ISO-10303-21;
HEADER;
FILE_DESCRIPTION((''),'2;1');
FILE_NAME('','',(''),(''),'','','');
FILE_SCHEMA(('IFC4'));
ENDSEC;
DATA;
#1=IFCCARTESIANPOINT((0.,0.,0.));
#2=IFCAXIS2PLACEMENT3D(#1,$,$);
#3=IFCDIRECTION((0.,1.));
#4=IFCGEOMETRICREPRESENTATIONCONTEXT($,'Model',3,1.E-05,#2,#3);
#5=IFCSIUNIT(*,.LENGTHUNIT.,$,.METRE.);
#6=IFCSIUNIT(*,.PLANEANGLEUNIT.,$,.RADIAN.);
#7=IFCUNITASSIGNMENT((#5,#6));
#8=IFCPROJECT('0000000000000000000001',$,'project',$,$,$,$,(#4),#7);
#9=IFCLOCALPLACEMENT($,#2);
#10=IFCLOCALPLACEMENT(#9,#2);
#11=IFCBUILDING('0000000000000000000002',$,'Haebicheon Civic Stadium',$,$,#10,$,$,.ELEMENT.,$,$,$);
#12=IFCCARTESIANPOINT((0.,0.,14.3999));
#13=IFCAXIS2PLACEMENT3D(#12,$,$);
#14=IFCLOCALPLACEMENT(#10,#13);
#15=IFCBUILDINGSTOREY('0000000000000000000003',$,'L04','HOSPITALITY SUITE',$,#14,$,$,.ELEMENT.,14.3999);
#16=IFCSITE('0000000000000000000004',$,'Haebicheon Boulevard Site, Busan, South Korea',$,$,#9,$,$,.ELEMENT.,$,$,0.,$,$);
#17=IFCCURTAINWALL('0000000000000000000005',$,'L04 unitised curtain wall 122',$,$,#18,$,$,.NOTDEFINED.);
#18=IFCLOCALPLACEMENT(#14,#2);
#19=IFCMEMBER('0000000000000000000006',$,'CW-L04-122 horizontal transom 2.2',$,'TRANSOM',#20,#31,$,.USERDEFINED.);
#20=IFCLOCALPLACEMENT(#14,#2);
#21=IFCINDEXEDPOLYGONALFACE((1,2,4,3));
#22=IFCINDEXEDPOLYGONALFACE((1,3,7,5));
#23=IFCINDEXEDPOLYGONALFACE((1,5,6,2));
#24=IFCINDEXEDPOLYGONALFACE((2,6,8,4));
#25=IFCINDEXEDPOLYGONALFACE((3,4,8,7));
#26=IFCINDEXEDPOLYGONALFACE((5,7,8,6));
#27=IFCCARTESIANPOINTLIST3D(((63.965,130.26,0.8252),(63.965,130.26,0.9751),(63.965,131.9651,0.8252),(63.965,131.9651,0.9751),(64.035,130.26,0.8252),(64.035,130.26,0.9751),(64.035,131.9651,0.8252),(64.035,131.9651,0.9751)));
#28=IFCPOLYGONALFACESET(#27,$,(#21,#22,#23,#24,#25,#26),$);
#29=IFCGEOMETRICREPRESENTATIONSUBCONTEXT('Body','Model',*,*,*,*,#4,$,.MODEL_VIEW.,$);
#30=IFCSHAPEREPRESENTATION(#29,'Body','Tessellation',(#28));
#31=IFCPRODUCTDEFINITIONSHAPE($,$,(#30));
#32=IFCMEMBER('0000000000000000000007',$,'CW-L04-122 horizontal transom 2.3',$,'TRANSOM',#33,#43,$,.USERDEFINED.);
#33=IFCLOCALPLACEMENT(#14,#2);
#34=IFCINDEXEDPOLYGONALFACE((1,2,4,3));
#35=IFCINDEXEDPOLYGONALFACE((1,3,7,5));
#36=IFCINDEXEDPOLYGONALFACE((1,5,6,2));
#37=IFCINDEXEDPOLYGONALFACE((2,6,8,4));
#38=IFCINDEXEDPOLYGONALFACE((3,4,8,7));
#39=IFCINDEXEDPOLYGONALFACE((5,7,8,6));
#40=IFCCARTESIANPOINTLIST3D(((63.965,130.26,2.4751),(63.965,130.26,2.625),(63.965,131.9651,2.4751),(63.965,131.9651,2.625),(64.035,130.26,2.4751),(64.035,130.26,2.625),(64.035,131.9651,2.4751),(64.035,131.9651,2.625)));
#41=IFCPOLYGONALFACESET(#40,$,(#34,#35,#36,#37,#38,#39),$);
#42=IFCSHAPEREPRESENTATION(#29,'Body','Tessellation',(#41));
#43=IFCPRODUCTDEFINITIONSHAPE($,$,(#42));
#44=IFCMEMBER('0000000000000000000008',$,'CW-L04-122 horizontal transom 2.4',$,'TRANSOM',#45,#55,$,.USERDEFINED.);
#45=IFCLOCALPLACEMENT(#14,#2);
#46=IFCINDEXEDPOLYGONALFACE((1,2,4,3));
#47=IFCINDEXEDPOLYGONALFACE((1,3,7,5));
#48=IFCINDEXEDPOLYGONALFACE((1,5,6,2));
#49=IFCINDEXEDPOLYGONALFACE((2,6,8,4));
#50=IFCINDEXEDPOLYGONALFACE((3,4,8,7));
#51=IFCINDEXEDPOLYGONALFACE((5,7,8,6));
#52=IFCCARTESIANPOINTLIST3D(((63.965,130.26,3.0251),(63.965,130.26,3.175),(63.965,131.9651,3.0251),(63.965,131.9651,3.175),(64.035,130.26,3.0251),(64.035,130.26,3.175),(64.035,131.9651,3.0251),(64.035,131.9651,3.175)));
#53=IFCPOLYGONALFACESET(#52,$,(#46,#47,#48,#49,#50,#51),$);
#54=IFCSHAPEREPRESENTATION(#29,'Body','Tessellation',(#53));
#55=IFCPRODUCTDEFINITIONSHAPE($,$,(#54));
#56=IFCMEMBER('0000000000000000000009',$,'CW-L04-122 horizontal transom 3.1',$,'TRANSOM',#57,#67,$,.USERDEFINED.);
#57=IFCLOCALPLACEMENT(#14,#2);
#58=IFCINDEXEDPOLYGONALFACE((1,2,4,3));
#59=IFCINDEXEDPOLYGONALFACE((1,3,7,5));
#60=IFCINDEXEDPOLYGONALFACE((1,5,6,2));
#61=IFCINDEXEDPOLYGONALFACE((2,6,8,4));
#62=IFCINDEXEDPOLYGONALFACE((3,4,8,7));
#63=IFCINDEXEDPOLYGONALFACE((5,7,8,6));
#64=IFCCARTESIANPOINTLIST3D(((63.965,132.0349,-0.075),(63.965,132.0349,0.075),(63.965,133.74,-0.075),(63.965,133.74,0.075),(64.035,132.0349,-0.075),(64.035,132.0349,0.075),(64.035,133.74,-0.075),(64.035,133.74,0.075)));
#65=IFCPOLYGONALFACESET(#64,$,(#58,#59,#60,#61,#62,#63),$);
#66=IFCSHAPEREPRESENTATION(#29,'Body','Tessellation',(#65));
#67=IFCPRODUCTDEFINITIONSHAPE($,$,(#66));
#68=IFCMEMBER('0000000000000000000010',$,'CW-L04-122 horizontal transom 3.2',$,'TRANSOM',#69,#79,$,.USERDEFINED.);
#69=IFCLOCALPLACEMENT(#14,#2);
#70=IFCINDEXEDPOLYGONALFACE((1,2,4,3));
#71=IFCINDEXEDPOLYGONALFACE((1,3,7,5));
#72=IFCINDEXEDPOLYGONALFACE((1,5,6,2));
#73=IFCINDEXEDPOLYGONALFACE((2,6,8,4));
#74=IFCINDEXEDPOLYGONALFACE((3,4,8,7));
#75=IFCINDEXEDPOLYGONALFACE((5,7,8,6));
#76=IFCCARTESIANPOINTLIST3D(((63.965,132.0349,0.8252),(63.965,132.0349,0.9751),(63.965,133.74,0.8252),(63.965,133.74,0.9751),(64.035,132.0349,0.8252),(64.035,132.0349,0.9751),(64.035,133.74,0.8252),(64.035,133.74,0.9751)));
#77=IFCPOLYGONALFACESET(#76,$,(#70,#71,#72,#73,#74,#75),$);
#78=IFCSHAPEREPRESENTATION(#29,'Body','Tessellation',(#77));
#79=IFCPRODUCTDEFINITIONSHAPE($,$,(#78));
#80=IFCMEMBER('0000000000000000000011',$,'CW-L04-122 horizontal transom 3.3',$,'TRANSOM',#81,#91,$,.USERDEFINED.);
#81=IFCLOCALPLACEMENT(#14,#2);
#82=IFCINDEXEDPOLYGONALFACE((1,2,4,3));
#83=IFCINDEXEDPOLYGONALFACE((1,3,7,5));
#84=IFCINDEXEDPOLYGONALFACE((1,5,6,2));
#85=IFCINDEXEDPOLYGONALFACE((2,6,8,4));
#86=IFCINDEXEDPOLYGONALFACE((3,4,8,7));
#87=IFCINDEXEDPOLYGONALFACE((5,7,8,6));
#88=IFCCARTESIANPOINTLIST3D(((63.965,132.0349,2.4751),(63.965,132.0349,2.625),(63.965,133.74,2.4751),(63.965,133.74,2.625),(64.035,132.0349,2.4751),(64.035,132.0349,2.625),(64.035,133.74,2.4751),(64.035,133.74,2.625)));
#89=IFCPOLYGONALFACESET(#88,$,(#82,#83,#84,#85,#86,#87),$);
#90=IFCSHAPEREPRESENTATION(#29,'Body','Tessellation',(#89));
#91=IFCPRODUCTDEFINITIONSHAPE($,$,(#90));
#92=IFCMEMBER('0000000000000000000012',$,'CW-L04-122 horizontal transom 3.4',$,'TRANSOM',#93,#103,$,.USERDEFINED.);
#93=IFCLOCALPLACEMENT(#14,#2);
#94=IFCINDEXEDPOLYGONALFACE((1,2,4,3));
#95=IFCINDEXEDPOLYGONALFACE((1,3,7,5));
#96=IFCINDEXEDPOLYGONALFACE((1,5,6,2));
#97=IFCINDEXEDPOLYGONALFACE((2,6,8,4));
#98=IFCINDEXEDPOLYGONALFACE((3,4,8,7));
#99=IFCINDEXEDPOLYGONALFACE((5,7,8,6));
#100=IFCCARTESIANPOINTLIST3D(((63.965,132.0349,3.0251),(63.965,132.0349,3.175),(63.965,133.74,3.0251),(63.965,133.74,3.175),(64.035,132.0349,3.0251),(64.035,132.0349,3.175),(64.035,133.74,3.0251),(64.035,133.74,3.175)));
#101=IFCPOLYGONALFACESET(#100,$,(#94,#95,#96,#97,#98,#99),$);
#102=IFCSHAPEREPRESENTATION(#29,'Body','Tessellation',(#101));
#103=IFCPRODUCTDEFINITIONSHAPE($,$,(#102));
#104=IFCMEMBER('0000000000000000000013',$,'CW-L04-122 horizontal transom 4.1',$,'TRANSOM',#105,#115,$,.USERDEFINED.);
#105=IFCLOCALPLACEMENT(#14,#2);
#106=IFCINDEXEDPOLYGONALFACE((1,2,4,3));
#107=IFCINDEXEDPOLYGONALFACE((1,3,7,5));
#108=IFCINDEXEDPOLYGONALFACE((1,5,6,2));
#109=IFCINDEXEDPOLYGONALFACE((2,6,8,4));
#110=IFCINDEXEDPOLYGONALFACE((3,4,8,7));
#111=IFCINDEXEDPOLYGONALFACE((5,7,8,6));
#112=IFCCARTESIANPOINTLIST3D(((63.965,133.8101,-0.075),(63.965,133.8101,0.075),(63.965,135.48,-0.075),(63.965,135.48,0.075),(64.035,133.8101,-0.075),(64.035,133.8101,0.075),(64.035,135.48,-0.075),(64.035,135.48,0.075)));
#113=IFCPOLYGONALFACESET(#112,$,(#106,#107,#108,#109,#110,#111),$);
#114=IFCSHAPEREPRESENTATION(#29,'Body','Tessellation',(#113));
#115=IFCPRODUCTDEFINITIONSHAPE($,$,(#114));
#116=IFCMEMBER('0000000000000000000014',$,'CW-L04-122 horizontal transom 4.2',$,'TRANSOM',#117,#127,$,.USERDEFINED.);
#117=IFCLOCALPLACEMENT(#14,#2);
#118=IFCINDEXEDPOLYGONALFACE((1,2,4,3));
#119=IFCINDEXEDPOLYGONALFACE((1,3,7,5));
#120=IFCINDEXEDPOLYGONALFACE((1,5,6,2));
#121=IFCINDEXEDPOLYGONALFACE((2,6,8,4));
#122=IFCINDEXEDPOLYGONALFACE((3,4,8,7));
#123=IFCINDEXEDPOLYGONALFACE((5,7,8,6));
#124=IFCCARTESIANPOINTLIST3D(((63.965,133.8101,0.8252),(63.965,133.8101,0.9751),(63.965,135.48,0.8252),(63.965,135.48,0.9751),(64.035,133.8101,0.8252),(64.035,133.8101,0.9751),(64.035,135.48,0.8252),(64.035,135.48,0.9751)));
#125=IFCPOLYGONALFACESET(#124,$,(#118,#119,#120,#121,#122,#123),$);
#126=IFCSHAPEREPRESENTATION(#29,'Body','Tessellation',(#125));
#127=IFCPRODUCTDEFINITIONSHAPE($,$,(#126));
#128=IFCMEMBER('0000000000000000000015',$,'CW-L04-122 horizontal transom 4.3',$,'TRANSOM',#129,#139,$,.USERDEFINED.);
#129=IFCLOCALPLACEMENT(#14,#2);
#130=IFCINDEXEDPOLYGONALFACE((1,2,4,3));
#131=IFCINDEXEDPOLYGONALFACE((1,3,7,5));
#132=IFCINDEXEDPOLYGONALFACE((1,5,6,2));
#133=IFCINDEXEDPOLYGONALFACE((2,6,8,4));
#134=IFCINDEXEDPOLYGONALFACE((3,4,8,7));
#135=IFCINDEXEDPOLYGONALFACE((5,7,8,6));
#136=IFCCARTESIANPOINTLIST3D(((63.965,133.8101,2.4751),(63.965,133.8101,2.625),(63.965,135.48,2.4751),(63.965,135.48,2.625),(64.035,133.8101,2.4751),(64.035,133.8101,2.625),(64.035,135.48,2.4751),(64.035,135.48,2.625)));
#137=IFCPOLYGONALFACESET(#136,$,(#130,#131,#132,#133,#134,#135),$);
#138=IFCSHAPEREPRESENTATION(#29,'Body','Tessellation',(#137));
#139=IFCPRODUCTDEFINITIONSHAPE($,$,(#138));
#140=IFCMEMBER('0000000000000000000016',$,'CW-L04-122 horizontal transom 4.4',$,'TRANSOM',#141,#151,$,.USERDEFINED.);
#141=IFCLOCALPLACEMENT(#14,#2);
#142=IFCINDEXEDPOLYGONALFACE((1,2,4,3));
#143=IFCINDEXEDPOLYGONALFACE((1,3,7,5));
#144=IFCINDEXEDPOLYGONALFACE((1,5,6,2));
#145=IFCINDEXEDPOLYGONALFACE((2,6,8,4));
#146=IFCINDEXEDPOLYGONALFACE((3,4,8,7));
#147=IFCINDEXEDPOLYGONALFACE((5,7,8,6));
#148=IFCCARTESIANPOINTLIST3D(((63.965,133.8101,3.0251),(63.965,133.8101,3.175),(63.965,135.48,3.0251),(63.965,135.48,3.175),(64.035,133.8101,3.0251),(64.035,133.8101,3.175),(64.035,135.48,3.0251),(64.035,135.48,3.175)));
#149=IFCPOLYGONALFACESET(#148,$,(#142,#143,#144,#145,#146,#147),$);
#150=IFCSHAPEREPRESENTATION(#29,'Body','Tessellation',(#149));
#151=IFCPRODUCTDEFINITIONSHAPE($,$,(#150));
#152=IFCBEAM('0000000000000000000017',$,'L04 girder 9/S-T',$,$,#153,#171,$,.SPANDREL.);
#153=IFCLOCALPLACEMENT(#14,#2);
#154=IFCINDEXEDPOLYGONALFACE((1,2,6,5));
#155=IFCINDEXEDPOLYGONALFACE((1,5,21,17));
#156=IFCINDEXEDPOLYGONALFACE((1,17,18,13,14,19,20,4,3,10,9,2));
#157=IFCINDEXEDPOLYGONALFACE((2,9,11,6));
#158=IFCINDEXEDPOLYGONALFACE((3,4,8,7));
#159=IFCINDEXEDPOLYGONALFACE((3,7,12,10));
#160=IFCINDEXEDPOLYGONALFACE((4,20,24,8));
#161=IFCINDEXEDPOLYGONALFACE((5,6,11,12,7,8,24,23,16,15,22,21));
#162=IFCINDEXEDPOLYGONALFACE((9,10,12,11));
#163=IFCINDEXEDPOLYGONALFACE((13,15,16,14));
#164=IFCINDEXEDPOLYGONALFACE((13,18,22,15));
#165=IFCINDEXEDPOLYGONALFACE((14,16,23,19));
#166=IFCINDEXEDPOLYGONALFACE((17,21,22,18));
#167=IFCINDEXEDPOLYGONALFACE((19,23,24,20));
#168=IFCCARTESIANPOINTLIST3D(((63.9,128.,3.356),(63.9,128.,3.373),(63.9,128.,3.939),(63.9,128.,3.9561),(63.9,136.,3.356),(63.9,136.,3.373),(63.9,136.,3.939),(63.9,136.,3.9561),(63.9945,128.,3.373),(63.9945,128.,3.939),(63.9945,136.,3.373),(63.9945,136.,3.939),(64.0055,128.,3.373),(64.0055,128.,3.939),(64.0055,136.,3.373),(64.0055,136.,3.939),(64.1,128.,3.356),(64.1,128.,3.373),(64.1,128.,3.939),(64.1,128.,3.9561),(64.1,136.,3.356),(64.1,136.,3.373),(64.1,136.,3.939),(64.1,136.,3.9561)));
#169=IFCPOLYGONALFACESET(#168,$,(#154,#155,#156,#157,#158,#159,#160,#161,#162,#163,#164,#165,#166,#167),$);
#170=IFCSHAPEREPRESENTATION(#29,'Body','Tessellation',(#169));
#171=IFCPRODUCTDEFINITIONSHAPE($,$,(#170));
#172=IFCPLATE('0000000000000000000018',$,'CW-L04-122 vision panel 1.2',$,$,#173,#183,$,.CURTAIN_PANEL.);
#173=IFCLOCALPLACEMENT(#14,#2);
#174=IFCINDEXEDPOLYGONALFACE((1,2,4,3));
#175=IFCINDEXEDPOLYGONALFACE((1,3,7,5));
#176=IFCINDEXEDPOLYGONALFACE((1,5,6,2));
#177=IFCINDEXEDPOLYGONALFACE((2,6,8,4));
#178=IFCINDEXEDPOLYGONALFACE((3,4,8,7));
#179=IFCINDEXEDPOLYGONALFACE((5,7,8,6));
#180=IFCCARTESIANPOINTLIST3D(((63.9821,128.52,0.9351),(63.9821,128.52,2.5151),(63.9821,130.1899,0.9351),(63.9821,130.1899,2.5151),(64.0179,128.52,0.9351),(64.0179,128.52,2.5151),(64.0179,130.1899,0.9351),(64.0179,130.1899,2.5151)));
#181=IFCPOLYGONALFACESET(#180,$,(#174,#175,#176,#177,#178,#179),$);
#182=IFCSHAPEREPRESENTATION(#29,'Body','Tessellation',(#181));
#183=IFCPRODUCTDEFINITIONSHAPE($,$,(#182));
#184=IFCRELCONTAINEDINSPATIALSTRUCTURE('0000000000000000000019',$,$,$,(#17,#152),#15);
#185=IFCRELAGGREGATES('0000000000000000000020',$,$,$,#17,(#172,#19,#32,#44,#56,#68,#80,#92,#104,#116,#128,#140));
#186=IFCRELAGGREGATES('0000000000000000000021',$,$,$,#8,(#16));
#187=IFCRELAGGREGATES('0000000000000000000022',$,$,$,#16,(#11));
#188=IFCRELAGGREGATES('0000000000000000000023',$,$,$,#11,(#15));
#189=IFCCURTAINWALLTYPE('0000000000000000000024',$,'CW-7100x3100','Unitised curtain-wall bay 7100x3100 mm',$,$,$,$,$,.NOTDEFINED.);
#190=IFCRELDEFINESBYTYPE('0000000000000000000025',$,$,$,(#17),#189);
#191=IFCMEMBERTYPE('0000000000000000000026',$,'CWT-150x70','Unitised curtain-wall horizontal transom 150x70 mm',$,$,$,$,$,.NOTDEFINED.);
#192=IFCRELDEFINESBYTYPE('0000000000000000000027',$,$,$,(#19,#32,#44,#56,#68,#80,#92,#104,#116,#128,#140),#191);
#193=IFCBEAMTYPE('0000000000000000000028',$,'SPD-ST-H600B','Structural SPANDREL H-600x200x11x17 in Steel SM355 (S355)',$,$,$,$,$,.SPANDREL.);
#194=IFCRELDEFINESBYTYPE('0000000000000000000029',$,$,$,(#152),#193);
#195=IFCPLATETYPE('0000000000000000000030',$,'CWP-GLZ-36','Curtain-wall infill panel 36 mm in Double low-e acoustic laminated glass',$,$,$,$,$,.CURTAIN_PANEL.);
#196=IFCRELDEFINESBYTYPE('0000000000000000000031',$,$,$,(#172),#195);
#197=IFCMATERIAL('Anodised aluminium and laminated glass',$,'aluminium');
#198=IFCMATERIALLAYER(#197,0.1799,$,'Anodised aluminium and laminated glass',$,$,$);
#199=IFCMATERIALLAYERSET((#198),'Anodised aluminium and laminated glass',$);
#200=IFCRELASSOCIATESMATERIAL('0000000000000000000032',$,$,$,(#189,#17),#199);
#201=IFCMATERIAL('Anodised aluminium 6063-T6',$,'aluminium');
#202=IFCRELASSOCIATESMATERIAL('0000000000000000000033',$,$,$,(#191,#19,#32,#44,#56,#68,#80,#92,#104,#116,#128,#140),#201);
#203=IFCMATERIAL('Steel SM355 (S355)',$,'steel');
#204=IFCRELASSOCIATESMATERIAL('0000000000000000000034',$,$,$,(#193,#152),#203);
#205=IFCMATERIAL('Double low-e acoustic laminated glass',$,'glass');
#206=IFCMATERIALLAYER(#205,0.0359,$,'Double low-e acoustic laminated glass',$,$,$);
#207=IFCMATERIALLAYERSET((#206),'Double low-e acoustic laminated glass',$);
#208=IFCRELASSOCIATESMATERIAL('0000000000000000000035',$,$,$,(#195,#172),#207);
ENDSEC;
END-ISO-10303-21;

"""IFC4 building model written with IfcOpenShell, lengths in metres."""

from ifc_helpers import new_model, si_unit, direction, frame, origin, origin_2d, place, context, subcontext, project, spatial, rectangle, i_section, extrude, material, layer, layer_set, material_profile, profile_set, type_object, element, aggregate, save


model = new_model("IFC4")

# Units and contexts
model_context = context("Model", 3, precision=1e-05, world=origin(), true_north=direction((0.0, 1.0)))
body_context = subcontext(model_context, "Body", "Model", "MODEL_VIEW")
ifc_project = project(units=[si_unit("LENGTHUNIT", "METRE"), si_unit("PLANEANGLEUNIT", "RADIAN")], contexts=[model_context])

# Site, building, storey
site_placement = place(None, origin())
site = spatial("IfcSite", under=ifc_project, at=site_placement, Name="Haebicheon Boulevard Site, Busan, South Korea", CompositionType="ELEMENT", RefElevation=0.0)
building_placement = place(site_placement, origin())
building = spatial("IfcBuilding", under=site, at=building_placement, Name="Haebicheon Civic Stadium", CompositionType="ELEMENT")
storey_placement = place(building_placement, frame((0.0, 0.0, 14.3999)))
storey = spatial("IfcBuildingStorey", under=building, at=storey_placement, Name="L04", Description="HOSPITALITY SUITE", CompositionType="ELEMENT", Elevation=14.3999)

# Curtain wall, members
ifc_material_1 = material(Name="Anodised aluminium and laminated glass", Category="aluminium")
ifc_layer_1 = layer(ifc_material_1, 0.1799, Name="Anodised aluminium and laminated glass")
ifc_layer_set_1 = layer_set([ifc_layer_1], Name="Anodised aluminium and laminated glass")
curtain_wall_type = type_object("IfcCurtainWallType", Name="CW-7100x3100", Description="Unitised curtain-wall bay 7100x3100 mm", PredefinedType="NOTDEFINED", material=ifc_layer_set_1)
curtain_wall_placement = place(storey_placement, origin())
curtain_wall = element("IfcCurtainWall", 1, at=curtain_wall_placement, inside=storey, type_object=curtain_wall_type, material=ifc_layer_set_1, Name="L04 unitised curtain wall 122", PredefinedType="NOTDEFINED")
ifc_material_2 = material(Name="Anodised aluminium 6063-T6", Category="aluminium")
ifc_material_profile_1 = material_profile(ifc_material_2, rectangle(XDim=0.0701, YDim=0.1499, at=origin_2d()), Name="ALU-TRAN-70x150")
ifc_profile_set_1 = profile_set([ifc_material_profile_1], Name="Anodised aluminium 6063-T6")
member_type_1 = type_object("IfcMemberType", Name="CWT-150x70", Description="Unitised curtain-wall horizontal transom 150x70 mm", PredefinedType="NOTDEFINED", material=ifc_profile_set_1)
member_1_placement = place(storey_placement, frame((64.0, 130.26, 0.9001), z_axis=(0.0, 1.0, 0.0), x_axis=(-1.0, 0.0, 0.0)))
member_1 = element("IfcMember", 2, at=member_1_placement, type_object=member_type_1, material=ifc_profile_set_1, Name="CW-L04-122 horizontal transom 2.2", ObjectType="TRANSOM", PredefinedType="USERDEFINED", context=body_context, shape_type="SweptSolid", body=[
    extrude(rectangle(XDim=0.0701, YDim=0.1499, at=origin_2d()), origin(), (0.0, 0.0, 1.0), 1.7051),
])
member_2_placement = place(storey_placement, frame((64.0, 130.26, 2.55), z_axis=(0.0, 1.0, 0.0), x_axis=(-1.0, 0.0, 0.0)))
member_2 = element("IfcMember", 3, at=member_2_placement, type_object=member_type_1, material=ifc_profile_set_1, Name="CW-L04-122 horizontal transom 2.3", ObjectType="TRANSOM", PredefinedType="USERDEFINED", context=body_context, shape_type="SweptSolid", body=[
    extrude(rectangle(XDim=0.0701, YDim=0.1499, at=origin_2d()), origin(), (0.0, 0.0, 1.0), 1.7051),
])
member_3_placement = place(storey_placement, frame((64.0, 130.26, 3.1001), z_axis=(0.0, 1.0, 0.0), x_axis=(-1.0, 0.0, 0.0)))
member_3 = element("IfcMember", 4, at=member_3_placement, type_object=member_type_1, material=ifc_profile_set_1, Name="CW-L04-122 horizontal transom 2.4", ObjectType="TRANSOM", PredefinedType="USERDEFINED", context=body_context, shape_type="SweptSolid", body=[
    extrude(rectangle(XDim=0.0701, YDim=0.1499, at=origin_2d()), origin(), (0.0, 0.0, 1.0), 1.7051),
])
member_4_placement = place(storey_placement, frame((64.0, 132.0349, 0.0), z_axis=(0.0, 1.0, 0.0), x_axis=(-1.0, 0.0, 0.0)))
member_4 = element("IfcMember", 5, at=member_4_placement, type_object=member_type_1, material=ifc_profile_set_1, Name="CW-L04-122 horizontal transom 3.1", ObjectType="TRANSOM", PredefinedType="USERDEFINED", context=body_context, shape_type="SweptSolid", body=[
    extrude(rectangle(XDim=0.0701, YDim=0.1499, at=origin_2d()), origin(), (0.0, 0.0, 1.0), 1.7051),
])
member_5_placement = place(storey_placement, frame((64.0, 132.0349, 0.9001), z_axis=(0.0, 1.0, 0.0), x_axis=(-1.0, 0.0, 0.0)))
member_5 = element("IfcMember", 6, at=member_5_placement, type_object=member_type_1, material=ifc_profile_set_1, Name="CW-L04-122 horizontal transom 3.2", ObjectType="TRANSOM", PredefinedType="USERDEFINED", context=body_context, shape_type="SweptSolid", body=[
    extrude(rectangle(XDim=0.0701, YDim=0.1499, at=origin_2d()), origin(), (0.0, 0.0, 1.0), 1.7051),
])
member_6_placement = place(storey_placement, frame((64.0, 132.0349, 2.55), z_axis=(0.0, 1.0, 0.0), x_axis=(-1.0, 0.0, 0.0)))
member_6 = element("IfcMember", 7, at=member_6_placement, type_object=member_type_1, material=ifc_profile_set_1, Name="CW-L04-122 horizontal transom 3.3", ObjectType="TRANSOM", PredefinedType="USERDEFINED", context=body_context, shape_type="SweptSolid", body=[
    extrude(rectangle(XDim=0.0701, YDim=0.1499, at=origin_2d()), origin(), (0.0, 0.0, 1.0), 1.7051),
])
member_7_placement = place(storey_placement, frame((64.0, 132.0349, 3.1001), z_axis=(0.0, 1.0, 0.0), x_axis=(-1.0, 0.0, 0.0)))
member_7 = element("IfcMember", 8, at=member_7_placement, type_object=member_type_1, material=ifc_profile_set_1, Name="CW-L04-122 horizontal transom 3.4", ObjectType="TRANSOM", PredefinedType="USERDEFINED", context=body_context, shape_type="SweptSolid", body=[
    extrude(rectangle(XDim=0.0701, YDim=0.1499, at=origin_2d()), origin(), (0.0, 0.0, 1.0), 1.7051),
])
member_8_placement = place(storey_placement, frame((64.0, 133.8101, 0.0), z_axis=(0.0, 1.0, 0.0), x_axis=(-1.0, 0.0, 0.0)))
member_8 = element("IfcMember", 9, at=member_8_placement, type_object=member_type_1, material=ifc_profile_set_1, Name="CW-L04-122 horizontal transom 4.1", ObjectType="TRANSOM", PredefinedType="USERDEFINED", context=body_context, shape_type="SweptSolid", body=[
    extrude(rectangle(XDim=0.0701, YDim=0.1499, at=origin_2d()), origin(), (0.0, 0.0, 1.0), 1.6699),
])
member_9_placement = place(storey_placement, frame((64.0, 133.8101, 0.9001), z_axis=(0.0, 1.0, 0.0), x_axis=(-1.0, 0.0, 0.0)))
member_9 = element("IfcMember", 10, at=member_9_placement, type_object=member_type_1, material=ifc_profile_set_1, Name="CW-L04-122 horizontal transom 4.2", ObjectType="TRANSOM", PredefinedType="USERDEFINED", context=body_context, shape_type="SweptSolid", body=[
    extrude(rectangle(XDim=0.0701, YDim=0.1499, at=origin_2d()), origin(), (0.0, 0.0, 1.0), 1.6699),
])
member_10_placement = place(storey_placement, frame((64.0, 133.8101, 2.55), z_axis=(0.0, 1.0, 0.0), x_axis=(-1.0, 0.0, 0.0)))
member_10 = element("IfcMember", 11, at=member_10_placement, type_object=member_type_1, material=ifc_profile_set_1, Name="CW-L04-122 horizontal transom 4.3", ObjectType="TRANSOM", PredefinedType="USERDEFINED", context=body_context, shape_type="SweptSolid", body=[
    extrude(rectangle(XDim=0.0701, YDim=0.1499, at=origin_2d()), origin(), (0.0, 0.0, 1.0), 1.6699),
])
member_11_placement = place(storey_placement, frame((64.0, 133.8101, 3.1001), z_axis=(0.0, 1.0, 0.0), x_axis=(-1.0, 0.0, 0.0)))
member_11 = element("IfcMember", 12, at=member_11_placement, type_object=member_type_1, material=ifc_profile_set_1, Name="CW-L04-122 horizontal transom 4.4", ObjectType="TRANSOM", PredefinedType="USERDEFINED", context=body_context, shape_type="SweptSolid", body=[
    extrude(rectangle(XDim=0.0701, YDim=0.1499, at=origin_2d()), origin(), (0.0, 0.0, 1.0), 1.6699),
])

# Beam
ifc_material_3 = material(Name="Steel SM355 (S355)", Category="steel")
ifc_material_profile_2 = material_profile(ifc_material_3, i_section(OverallWidth=0.2, OverallDepth=0.6001, WebThickness=0.011, FlangeThickness=0.0171, at=origin_2d()), Name="H-600x200x11x17")
ifc_profile_set_2 = profile_set([ifc_material_profile_2], Name="Steel SM355 (S355)")
beam_type_1 = type_object("IfcBeamType", Name="SPD-ST-H600B", Description="Structural SPANDREL H-600x200x11x17 in Steel SM355 (S355)", PredefinedType="SPANDREL", material=ifc_profile_set_2)
beam_1_placement = place(storey_placement, frame((64.0, 128.0, 3.656), z_axis=(0.0, 1.0, 0.0), x_axis=(-1.0, 0.0, 0.0)))
element("IfcBeam", 13, at=beam_1_placement, inside=storey, type_object=beam_type_1, material=ifc_profile_set_2, Name="L04 girder 9/S-T", PredefinedType="SPANDREL", context=body_context, shape_type="SweptSolid", body=[
    extrude(i_section(OverallWidth=0.2, OverallDepth=0.6001, WebThickness=0.011, FlangeThickness=0.0171, at=origin_2d()), origin(), (0.0, 0.0, 1.0), 8.0),
])

# Plate
ifc_material_4 = material(Name="Double low-e acoustic laminated glass", Category="glass")
ifc_layer_2 = layer(ifc_material_4, 0.0359, Name="Double low-e acoustic laminated glass")
ifc_layer_set_2 = layer_set([ifc_layer_2], Name="Double low-e acoustic laminated glass")
plate_type_1 = type_object("IfcPlateType", Name="CWP-GLZ-36", Description="Curtain-wall infill panel 36 mm in Double low-e acoustic laminated glass", PredefinedType="CURTAIN_PANEL", material=ifc_layer_set_2)
plate_1_placement = place(storey_placement, frame((64.0, 129.355, 0.9351), z_axis=(0.0, 0.0, 1.0), x_axis=(0.0, 1.0, 0.0)))
plate_1 = element("IfcPlate", 14, at=plate_1_placement, type_object=plate_type_1, material=ifc_layer_set_2, Name="CW-L04-122 vision panel 1.2", PredefinedType="CURTAIN_PANEL", context=body_context, shape_type="SweptSolid", body=[
    extrude(rectangle(XDim=1.6699, YDim=0.0359, at=origin_2d()), origin(), (0.0, 0.0, 1.0), 1.5801),
])
aggregate(curtain_wall, [plate_1, member_1, member_2, member_3, member_4, member_5, member_6, member_7, member_8, member_9, member_10, member_11])

save(model, "model.ifc")
